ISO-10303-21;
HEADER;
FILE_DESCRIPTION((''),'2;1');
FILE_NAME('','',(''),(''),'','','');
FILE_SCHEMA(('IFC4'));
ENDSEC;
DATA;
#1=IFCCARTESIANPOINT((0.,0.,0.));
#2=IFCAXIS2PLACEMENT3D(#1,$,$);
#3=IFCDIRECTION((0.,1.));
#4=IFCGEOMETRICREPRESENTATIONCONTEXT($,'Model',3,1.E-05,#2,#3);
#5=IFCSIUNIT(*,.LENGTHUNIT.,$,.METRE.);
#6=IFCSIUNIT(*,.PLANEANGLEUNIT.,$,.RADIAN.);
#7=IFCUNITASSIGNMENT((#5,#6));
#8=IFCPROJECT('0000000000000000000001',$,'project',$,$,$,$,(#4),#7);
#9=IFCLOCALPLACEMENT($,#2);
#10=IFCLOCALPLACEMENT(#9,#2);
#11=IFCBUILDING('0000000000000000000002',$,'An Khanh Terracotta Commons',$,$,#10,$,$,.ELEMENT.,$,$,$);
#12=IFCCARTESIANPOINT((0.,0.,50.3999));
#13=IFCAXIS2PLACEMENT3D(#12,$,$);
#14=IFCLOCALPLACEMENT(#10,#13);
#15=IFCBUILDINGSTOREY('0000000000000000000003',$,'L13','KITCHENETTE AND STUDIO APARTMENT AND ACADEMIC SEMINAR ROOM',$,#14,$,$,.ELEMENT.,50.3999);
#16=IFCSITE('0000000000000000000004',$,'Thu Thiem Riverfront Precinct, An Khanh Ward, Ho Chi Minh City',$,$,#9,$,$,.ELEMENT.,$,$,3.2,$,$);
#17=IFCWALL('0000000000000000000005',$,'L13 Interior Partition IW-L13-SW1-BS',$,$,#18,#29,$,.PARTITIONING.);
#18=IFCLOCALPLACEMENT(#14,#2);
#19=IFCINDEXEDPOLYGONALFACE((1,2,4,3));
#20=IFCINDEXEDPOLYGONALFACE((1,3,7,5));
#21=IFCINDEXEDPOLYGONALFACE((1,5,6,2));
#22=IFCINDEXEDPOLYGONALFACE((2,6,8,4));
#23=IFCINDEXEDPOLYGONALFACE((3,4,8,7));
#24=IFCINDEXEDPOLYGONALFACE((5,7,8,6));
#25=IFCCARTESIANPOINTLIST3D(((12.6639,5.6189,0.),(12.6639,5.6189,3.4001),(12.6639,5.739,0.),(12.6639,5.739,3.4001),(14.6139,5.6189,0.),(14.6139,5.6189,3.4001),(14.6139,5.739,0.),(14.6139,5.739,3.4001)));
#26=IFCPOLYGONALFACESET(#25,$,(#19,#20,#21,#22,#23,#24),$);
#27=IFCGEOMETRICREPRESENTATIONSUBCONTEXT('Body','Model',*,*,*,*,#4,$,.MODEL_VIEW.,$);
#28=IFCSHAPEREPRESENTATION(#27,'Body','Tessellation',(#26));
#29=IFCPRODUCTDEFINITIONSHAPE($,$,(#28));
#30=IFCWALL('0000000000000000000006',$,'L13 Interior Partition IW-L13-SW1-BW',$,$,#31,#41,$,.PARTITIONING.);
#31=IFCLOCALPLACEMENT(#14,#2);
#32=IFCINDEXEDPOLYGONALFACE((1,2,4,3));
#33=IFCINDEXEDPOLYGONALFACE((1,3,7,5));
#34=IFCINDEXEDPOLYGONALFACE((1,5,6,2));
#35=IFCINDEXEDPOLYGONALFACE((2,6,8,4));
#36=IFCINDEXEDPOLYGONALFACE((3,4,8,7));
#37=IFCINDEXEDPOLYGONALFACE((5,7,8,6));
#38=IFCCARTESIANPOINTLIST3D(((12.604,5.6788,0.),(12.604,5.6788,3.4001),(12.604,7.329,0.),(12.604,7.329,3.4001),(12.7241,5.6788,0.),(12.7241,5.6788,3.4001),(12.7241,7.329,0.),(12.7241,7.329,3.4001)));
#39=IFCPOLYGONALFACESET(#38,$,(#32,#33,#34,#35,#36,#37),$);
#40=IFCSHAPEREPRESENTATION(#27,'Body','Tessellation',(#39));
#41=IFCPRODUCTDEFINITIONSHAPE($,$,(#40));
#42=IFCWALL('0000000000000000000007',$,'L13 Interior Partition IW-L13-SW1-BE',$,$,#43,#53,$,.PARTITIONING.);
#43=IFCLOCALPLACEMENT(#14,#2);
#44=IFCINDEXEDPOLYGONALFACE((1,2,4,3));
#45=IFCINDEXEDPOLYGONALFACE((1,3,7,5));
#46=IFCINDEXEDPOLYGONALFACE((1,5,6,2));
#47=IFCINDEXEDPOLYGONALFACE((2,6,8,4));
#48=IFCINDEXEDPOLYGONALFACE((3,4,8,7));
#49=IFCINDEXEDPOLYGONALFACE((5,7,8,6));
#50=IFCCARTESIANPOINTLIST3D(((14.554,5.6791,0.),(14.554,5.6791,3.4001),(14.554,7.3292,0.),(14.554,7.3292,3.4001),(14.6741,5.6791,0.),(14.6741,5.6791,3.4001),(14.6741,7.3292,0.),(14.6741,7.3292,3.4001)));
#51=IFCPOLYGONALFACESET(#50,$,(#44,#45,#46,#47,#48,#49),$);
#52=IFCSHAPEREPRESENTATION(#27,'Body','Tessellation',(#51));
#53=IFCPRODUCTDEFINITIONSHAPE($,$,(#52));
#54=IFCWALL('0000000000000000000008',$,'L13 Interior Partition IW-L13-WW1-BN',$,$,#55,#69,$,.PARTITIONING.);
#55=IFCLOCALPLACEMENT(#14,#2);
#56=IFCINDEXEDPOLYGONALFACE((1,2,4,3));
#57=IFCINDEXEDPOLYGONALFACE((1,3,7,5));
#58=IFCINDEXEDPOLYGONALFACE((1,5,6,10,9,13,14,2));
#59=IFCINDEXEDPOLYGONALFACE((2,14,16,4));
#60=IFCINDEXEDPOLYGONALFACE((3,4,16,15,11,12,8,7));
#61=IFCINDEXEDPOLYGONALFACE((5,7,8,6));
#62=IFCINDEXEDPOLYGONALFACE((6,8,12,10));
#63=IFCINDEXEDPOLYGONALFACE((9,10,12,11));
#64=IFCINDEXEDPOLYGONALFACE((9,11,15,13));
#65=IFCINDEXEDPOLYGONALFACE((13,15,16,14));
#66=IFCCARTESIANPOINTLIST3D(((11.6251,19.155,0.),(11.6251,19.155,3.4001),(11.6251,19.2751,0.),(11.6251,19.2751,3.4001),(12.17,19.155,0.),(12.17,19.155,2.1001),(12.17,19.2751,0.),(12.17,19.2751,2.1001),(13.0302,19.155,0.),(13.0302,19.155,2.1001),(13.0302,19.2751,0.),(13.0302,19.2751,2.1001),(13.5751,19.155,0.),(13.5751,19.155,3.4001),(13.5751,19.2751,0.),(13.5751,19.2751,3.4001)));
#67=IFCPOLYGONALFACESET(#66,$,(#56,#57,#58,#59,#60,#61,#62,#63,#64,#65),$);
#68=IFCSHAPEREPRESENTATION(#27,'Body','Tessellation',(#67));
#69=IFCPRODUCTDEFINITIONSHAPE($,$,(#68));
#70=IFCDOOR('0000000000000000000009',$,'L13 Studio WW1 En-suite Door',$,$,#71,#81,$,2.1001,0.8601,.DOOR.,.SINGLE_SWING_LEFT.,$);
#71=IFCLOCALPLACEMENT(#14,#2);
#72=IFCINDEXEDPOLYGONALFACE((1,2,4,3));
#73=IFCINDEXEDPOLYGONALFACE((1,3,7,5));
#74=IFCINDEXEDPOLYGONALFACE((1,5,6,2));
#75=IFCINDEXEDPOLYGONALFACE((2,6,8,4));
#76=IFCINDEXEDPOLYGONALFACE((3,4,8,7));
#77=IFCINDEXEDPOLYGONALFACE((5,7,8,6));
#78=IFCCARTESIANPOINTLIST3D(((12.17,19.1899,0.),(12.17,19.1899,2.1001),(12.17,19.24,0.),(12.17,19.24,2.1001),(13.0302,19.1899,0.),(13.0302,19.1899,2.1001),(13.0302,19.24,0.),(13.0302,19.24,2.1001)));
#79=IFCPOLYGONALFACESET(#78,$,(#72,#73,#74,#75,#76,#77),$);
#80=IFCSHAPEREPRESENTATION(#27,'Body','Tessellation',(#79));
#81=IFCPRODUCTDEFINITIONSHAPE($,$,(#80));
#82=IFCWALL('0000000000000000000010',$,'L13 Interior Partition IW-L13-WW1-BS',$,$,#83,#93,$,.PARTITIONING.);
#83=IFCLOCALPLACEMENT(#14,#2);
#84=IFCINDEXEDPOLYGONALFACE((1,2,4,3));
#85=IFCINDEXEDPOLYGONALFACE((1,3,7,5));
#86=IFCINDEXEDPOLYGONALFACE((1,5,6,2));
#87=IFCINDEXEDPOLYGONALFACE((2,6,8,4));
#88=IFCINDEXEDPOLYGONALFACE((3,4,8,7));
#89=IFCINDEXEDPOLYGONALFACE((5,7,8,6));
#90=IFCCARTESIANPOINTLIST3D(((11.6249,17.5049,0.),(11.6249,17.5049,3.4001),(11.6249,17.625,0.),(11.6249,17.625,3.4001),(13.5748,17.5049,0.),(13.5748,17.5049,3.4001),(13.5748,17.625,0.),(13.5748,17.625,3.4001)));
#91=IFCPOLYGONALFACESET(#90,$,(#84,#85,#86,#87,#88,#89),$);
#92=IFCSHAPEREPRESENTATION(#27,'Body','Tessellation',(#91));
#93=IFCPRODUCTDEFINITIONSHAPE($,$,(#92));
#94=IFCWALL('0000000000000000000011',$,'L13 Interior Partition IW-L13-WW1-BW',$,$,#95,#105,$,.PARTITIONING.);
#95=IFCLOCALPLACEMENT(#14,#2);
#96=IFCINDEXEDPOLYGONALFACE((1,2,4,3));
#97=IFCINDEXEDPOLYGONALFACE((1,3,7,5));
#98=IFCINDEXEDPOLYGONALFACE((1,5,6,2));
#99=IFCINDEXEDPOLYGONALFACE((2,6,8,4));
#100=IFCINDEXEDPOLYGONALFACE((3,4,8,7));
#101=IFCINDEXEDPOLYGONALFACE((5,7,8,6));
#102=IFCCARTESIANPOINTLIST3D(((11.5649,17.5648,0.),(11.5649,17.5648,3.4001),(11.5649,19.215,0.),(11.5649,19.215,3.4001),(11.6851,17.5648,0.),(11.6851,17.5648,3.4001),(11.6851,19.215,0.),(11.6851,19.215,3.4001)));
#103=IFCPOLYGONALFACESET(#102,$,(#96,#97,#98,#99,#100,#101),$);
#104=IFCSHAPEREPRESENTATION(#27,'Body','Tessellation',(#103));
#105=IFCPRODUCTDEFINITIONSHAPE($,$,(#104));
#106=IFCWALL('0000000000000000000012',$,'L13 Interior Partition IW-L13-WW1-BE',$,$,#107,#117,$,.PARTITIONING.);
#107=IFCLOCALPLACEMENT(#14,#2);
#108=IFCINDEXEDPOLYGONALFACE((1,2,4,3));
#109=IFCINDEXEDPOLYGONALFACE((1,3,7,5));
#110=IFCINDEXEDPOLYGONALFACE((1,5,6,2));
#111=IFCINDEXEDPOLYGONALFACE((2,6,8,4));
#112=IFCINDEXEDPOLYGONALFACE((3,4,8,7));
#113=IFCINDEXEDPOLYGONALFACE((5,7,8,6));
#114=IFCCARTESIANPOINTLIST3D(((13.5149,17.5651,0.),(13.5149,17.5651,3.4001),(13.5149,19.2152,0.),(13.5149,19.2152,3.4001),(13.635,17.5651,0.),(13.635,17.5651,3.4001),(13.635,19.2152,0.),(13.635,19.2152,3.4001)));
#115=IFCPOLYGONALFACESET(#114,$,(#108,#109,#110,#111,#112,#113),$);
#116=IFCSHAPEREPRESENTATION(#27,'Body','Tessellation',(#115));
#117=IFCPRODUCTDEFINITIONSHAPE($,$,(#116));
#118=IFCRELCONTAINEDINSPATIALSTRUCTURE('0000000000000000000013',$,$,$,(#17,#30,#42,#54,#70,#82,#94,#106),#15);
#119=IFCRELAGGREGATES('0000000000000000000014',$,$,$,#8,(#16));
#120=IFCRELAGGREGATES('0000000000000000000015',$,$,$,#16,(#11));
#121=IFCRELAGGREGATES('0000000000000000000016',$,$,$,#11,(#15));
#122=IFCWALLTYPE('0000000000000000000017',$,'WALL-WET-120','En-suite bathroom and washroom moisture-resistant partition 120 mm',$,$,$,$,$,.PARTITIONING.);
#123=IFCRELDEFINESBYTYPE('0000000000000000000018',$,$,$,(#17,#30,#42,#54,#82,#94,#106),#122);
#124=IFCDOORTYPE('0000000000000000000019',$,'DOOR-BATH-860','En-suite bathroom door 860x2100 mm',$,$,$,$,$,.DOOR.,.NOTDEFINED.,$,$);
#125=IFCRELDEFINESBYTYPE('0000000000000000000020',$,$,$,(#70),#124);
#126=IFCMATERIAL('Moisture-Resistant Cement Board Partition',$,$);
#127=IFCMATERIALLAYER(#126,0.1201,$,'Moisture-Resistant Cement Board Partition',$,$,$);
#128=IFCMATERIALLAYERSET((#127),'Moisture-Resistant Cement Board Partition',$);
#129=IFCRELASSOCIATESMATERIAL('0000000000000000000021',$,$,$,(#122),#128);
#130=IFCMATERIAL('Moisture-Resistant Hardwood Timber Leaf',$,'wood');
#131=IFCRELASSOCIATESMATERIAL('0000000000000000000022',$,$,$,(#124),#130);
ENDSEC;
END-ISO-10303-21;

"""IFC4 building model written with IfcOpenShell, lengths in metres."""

from ifc_helpers import new_model, si_unit, direction, frame, frame_2d, origin, place, context, subcontext, project, spatial, rectangle, extrude, material, layer, layer_set, type_object, element, fill, save


model = new_model("IFC4")

# Units and contexts
model_context = context("Model", 3, precision=1e-05, world=origin(), true_north=direction((0.0, 1.0)))
body_context = subcontext(model_context, "Body", "Model", "MODEL_VIEW")
ifc_project = project(units=[si_unit("LENGTHUNIT", "METRE"), si_unit("PLANEANGLEUNIT", "RADIAN")], contexts=[model_context])

# Site, building, storey
site_placement = place(None, origin())
site = spatial("IfcSite", under=ifc_project, at=site_placement, Name="Thu Thiem Riverfront Precinct, An Khanh Ward, Ho Chi Minh City", CompositionType="ELEMENT", RefElevation=3.2)
building_placement = place(site_placement, origin())
building = spatial("IfcBuilding", under=site, at=building_placement, Name="An Khanh Terracotta Commons", CompositionType="ELEMENT")
storey_placement = place(building_placement, frame((0.0, 0.0, 50.3999)))
storey = spatial("IfcBuildingStorey", under=building, at=storey_placement, Name="L13", Description="KITCHENETTE AND STUDIO APARTMENT AND ACADEMIC SEMINAR ROOM", CompositionType="ELEMENT", Elevation=50.3999)

# Shared definitions
ifc_material_1 = material(Name="Moisture-Resistant Cement Board Partition")
ifc_layer_1 = layer(ifc_material_1, 0.1201, Name="Moisture-Resistant Cement Board Partition")
ifc_layer_set_1 = layer_set([ifc_layer_1], Name="Moisture-Resistant Cement Board Partition")
wall_type_1 = type_object("IfcWallType", Name="WALL-WET-120", Description="En-suite bathroom and washroom moisture-resistant partition 120 mm", PredefinedType="PARTITIONING", material=ifc_layer_set_1)
ifc_material_2 = material(Name="Moisture-Resistant Hardwood Timber Leaf", Category="wood")
door_type_1 = type_object("IfcDoorType", Name="DOOR-BATH-860", Description="En-suite bathroom door 860x2100 mm", OperationType="NOTDEFINED", PredefinedType="DOOR", material=ifc_material_2)

# Walls
wall_1_placement = place(storey_placement, frame((14.614, 5.679, 0.0), z_axis=(0.0, 0.0, 1.0), x_axis=(-1.0, 0.0, 0.0)))
element("IfcWall", 1, at=wall_1_placement, inside=storey, type_object=wall_type_1, Name="L13 Interior Partition IW-L13-SW1-BS", PredefinedType="PARTITIONING", context=body_context, shape_type="SweptSolid", body=[
    extrude(rectangle(XDim=1.95, YDim=0.1201, at=frame_2d((0.9751, 0.0))), origin(), (0.0, 0.0, 1.0), 3.4001),
])
for number, where, z_axis, x_axis, name in (
    (2, (12.6641, 7.3291, 0.0), (0.0, 0.0, 1.0), (0.0, -1.0, 0.0), "L13 Interior Partition IW-L13-SW1-BW"),
    (3, (14.614, 5.679, 0.0), (0.0, 0.0, 1.0), (0.0, 1.0, 0.0), "L13 Interior Partition IW-L13-SW1-BE"),
):
    element("IfcWall", number, at=place(storey_placement, frame(where, z_axis=z_axis, x_axis=x_axis)), inside=storey, type_object=wall_type_1, Name=name, PredefinedType="PARTITIONING", context=body_context, shape_type="SweptSolid", body=[
        extrude(rectangle(XDim=1.6501, YDim=0.1201, at=frame_2d((0.8252, 0.0))), origin(), (0.0, 0.0, 1.0), 3.4001),
    ])

# Wall, opening, door
wall_2_placement = place(storey_placement, frame((11.625, 19.2151, 0.0), z_axis=(0.0, 0.0, 1.0), x_axis=(1.0, 0.0, 0.0)))
wall_2 = element("IfcWall", 4, at=wall_2_placement, inside=storey, type_object=wall_type_1, Name="L13 Interior Partition IW-L13-WW1-BN", PredefinedType="PARTITIONING", context=body_context, shape_type="SweptSolid", body=[
    extrude(rectangle(XDim=1.95, YDim=0.1201, at=frame_2d((0.9751, 0.0))), origin(), (0.0, 0.0, 1.0), 3.4001),
])
opening_1_placement = place(wall_2_placement, frame((0.5449, 0.0, 0.0)))
opening_1 = element("IfcOpeningElement", 5, at=opening_1_placement, cuts=wall_2, PredefinedType="OPENING", context=body_context, shape_type="SweptSolid", body=[
    extrude(rectangle(XDim=0.8601, YDim=2.1001, at=frame_2d((0.4302, 1.05))), frame((0.0, 0.0701, 0.0), z_axis=(0.0, -1.0, 0.0), x_axis=(1.0, 0.0, 0.0)), (0.0, 0.0, 1.0), 0.1401),
])
door_1_placement = place(opening_1_placement, origin())
door_1 = element("IfcDoor", 6, at=door_1_placement, inside=storey, type_object=door_type_1, Name="L13 Studio WW1 En-suite Door", OperationType="SINGLE_SWING_LEFT", OverallHeight=2.1001, OverallWidth=0.8601, PredefinedType="DOOR", context=body_context, shape_type="SweptSolid", body=[
    extrude(rectangle(XDim=0.8601, YDim=2.1001, at=frame_2d((0.4302, 1.05))), frame((0.0, 0.0249, 0.0), z_axis=(0.0, -1.0, 0.0), x_axis=(1.0, 0.0, 0.0)), (0.0, 0.0, 1.0), 0.05),
])
fill(opening_1, door_1)

# Walls
wall_3_placement = place(storey_placement, frame((13.575, 17.5649, 0.0), z_axis=(0.0, 0.0, 1.0), x_axis=(-1.0, 0.0, 0.0)))
element("IfcWall", 7, at=wall_3_placement, inside=storey, type_object=wall_type_1, Name="L13 Interior Partition IW-L13-WW1-BS", PredefinedType="PARTITIONING", context=body_context, shape_type="SweptSolid", body=[
    extrude(rectangle(XDim=1.95, YDim=0.1201, at=frame_2d((0.9751, 0.0))), origin(), (0.0, 0.0, 1.0), 3.4001),
])
for number, where, z_axis, x_axis, name in (
    (8, (11.625, 19.2151, 0.0), (0.0, 0.0, 1.0), (0.0, -1.0, 0.0), "L13 Interior Partition IW-L13-WW1-BW"),
    (9, (13.575, 17.5649, 0.0), (0.0, 0.0, 1.0), (0.0, 1.0, 0.0), "L13 Interior Partition IW-L13-WW1-BE"),
):
    element("IfcWall", number, at=place(storey_placement, frame(where, z_axis=z_axis, x_axis=x_axis)), inside=storey, type_object=wall_type_1, Name=name, PredefinedType="PARTITIONING", context=body_context, shape_type="SweptSolid", body=[
        extrude(rectangle(XDim=1.6501, YDim=0.1201, at=frame_2d((0.8252, 0.0))), origin(), (0.0, 0.0, 1.0), 3.4001),
    ])

save(model, "model.ifc")
